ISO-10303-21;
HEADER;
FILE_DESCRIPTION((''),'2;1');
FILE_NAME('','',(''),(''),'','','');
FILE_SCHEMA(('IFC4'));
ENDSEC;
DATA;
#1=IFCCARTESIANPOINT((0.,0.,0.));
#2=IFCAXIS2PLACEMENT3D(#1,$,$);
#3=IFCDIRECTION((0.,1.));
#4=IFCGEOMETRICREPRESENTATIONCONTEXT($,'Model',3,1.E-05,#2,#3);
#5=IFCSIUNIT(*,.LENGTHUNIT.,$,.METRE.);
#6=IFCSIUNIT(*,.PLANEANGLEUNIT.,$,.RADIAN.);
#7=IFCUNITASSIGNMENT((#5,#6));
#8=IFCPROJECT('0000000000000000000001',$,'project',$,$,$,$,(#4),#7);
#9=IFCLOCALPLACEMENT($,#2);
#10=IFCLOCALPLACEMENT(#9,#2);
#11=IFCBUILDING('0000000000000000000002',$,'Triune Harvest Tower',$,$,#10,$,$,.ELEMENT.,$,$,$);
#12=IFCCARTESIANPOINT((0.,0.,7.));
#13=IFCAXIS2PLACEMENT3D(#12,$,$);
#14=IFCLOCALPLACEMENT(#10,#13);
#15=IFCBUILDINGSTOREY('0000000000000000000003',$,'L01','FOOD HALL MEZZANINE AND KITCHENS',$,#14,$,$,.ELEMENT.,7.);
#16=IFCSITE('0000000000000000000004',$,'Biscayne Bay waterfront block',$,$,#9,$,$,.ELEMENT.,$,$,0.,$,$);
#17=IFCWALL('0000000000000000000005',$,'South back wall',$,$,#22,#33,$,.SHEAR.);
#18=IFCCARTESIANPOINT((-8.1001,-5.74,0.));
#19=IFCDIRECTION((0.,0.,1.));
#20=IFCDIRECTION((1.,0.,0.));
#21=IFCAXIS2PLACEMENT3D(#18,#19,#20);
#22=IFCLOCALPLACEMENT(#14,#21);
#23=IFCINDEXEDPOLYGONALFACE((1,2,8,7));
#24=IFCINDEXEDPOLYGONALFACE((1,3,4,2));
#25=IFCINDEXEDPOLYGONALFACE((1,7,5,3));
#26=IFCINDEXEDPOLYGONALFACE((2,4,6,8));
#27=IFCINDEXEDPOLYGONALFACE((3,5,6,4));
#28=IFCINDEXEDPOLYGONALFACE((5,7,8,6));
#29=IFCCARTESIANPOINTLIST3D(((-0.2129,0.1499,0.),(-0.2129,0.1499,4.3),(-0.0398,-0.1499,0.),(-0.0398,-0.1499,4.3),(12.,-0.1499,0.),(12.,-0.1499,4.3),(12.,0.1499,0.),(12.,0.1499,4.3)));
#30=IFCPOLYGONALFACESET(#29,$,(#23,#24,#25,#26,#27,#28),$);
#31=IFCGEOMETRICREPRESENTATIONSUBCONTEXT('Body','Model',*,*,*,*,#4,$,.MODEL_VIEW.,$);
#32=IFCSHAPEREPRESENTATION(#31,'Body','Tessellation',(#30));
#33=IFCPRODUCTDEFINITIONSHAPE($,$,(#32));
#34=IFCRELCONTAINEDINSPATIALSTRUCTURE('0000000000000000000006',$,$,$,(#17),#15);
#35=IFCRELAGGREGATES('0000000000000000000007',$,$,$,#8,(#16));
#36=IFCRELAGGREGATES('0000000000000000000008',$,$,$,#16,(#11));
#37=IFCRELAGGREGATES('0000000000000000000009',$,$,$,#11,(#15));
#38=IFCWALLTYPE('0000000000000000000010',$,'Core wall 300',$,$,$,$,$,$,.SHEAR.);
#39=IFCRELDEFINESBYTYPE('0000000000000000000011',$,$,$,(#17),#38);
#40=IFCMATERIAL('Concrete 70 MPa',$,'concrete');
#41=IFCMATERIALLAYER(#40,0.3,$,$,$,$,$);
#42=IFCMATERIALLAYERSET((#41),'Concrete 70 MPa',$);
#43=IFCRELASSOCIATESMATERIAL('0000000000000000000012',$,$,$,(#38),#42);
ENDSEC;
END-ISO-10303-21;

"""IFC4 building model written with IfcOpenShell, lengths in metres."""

from ifc_helpers import new_model, si_unit, direction, frame, origin, place, context, subcontext, project, spatial, polyline, outline, extrude, source, transform, mapped, material, layer, layer_set, type_object, element, save


model = new_model("IFC4")

# Units and contexts
model_context = context("Model", 3, precision=1e-05, world=origin(), true_north=direction((0.0, 1.0)))
body_context = subcontext(model_context, "Body", "Model", "MODEL_VIEW")
ifc_project = project(units=[si_unit("LENGTHUNIT", "METRE"), si_unit("PLANEANGLEUNIT", "RADIAN")], contexts=[model_context])

# Site, building, storey
site_placement = place(None, origin())
site = spatial("IfcSite", under=ifc_project, at=site_placement, Name="Biscayne Bay waterfront block", CompositionType="ELEMENT", RefElevation=0.0)
building_placement = place(site_placement, origin())
building = spatial("IfcBuilding", under=site, at=building_placement, Name="Triune Harvest Tower", CompositionType="ELEMENT")
storey_placement = place(building_placement, frame((0.0, 0.0, 7.0)))
storey = spatial("IfcBuildingStorey", under=building, at=storey_placement, Name="L01", Description="FOOD HALL MEZZANINE AND KITCHENS", CompositionType="ELEMENT", Elevation=7.0)

# Shared definitions
ifc_material_1 = material(Name="Concrete 70 MPa", Category="concrete")
ifc_layer_1 = layer(ifc_material_1, 0.3)
ifc_layer_set_1 = layer_set([ifc_layer_1], Name="Concrete 70 MPa")
wall_type_1 = type_object("IfcWallType", Name="Core wall 300", PredefinedType="SHEAR", material=ifc_layer_set_1)

# Wall
shared_shape_1 = source(origin(), body_context, "Body", "SweptSolid", [
    extrude(outline(polyline([(12.0, -0.1499), (-0.0398, -0.1499), (-0.2129, 0.1499), (12.0, 0.1499), (12.0, -0.1499)])), origin(), (0.0, 0.0, 1.0), 4.3),
])
wall_1_placement = place(storey_placement, frame((-8.1001, -5.74, 0.0), z_axis=(0.0, 0.0, 1.0), x_axis=(1.0, 0.0, 0.0)))
element("IfcWall", 1, at=wall_1_placement, inside=storey, type_object=wall_type_1, Name="South back wall", PredefinedType="SHEAR", context=body_context, shape_type="MappedRepresentation", body=[
    mapped(shared_shape_1, transform((0.0, 0.0, 0.0), scale=1.0)),
])

save(model, "model.ifc")
